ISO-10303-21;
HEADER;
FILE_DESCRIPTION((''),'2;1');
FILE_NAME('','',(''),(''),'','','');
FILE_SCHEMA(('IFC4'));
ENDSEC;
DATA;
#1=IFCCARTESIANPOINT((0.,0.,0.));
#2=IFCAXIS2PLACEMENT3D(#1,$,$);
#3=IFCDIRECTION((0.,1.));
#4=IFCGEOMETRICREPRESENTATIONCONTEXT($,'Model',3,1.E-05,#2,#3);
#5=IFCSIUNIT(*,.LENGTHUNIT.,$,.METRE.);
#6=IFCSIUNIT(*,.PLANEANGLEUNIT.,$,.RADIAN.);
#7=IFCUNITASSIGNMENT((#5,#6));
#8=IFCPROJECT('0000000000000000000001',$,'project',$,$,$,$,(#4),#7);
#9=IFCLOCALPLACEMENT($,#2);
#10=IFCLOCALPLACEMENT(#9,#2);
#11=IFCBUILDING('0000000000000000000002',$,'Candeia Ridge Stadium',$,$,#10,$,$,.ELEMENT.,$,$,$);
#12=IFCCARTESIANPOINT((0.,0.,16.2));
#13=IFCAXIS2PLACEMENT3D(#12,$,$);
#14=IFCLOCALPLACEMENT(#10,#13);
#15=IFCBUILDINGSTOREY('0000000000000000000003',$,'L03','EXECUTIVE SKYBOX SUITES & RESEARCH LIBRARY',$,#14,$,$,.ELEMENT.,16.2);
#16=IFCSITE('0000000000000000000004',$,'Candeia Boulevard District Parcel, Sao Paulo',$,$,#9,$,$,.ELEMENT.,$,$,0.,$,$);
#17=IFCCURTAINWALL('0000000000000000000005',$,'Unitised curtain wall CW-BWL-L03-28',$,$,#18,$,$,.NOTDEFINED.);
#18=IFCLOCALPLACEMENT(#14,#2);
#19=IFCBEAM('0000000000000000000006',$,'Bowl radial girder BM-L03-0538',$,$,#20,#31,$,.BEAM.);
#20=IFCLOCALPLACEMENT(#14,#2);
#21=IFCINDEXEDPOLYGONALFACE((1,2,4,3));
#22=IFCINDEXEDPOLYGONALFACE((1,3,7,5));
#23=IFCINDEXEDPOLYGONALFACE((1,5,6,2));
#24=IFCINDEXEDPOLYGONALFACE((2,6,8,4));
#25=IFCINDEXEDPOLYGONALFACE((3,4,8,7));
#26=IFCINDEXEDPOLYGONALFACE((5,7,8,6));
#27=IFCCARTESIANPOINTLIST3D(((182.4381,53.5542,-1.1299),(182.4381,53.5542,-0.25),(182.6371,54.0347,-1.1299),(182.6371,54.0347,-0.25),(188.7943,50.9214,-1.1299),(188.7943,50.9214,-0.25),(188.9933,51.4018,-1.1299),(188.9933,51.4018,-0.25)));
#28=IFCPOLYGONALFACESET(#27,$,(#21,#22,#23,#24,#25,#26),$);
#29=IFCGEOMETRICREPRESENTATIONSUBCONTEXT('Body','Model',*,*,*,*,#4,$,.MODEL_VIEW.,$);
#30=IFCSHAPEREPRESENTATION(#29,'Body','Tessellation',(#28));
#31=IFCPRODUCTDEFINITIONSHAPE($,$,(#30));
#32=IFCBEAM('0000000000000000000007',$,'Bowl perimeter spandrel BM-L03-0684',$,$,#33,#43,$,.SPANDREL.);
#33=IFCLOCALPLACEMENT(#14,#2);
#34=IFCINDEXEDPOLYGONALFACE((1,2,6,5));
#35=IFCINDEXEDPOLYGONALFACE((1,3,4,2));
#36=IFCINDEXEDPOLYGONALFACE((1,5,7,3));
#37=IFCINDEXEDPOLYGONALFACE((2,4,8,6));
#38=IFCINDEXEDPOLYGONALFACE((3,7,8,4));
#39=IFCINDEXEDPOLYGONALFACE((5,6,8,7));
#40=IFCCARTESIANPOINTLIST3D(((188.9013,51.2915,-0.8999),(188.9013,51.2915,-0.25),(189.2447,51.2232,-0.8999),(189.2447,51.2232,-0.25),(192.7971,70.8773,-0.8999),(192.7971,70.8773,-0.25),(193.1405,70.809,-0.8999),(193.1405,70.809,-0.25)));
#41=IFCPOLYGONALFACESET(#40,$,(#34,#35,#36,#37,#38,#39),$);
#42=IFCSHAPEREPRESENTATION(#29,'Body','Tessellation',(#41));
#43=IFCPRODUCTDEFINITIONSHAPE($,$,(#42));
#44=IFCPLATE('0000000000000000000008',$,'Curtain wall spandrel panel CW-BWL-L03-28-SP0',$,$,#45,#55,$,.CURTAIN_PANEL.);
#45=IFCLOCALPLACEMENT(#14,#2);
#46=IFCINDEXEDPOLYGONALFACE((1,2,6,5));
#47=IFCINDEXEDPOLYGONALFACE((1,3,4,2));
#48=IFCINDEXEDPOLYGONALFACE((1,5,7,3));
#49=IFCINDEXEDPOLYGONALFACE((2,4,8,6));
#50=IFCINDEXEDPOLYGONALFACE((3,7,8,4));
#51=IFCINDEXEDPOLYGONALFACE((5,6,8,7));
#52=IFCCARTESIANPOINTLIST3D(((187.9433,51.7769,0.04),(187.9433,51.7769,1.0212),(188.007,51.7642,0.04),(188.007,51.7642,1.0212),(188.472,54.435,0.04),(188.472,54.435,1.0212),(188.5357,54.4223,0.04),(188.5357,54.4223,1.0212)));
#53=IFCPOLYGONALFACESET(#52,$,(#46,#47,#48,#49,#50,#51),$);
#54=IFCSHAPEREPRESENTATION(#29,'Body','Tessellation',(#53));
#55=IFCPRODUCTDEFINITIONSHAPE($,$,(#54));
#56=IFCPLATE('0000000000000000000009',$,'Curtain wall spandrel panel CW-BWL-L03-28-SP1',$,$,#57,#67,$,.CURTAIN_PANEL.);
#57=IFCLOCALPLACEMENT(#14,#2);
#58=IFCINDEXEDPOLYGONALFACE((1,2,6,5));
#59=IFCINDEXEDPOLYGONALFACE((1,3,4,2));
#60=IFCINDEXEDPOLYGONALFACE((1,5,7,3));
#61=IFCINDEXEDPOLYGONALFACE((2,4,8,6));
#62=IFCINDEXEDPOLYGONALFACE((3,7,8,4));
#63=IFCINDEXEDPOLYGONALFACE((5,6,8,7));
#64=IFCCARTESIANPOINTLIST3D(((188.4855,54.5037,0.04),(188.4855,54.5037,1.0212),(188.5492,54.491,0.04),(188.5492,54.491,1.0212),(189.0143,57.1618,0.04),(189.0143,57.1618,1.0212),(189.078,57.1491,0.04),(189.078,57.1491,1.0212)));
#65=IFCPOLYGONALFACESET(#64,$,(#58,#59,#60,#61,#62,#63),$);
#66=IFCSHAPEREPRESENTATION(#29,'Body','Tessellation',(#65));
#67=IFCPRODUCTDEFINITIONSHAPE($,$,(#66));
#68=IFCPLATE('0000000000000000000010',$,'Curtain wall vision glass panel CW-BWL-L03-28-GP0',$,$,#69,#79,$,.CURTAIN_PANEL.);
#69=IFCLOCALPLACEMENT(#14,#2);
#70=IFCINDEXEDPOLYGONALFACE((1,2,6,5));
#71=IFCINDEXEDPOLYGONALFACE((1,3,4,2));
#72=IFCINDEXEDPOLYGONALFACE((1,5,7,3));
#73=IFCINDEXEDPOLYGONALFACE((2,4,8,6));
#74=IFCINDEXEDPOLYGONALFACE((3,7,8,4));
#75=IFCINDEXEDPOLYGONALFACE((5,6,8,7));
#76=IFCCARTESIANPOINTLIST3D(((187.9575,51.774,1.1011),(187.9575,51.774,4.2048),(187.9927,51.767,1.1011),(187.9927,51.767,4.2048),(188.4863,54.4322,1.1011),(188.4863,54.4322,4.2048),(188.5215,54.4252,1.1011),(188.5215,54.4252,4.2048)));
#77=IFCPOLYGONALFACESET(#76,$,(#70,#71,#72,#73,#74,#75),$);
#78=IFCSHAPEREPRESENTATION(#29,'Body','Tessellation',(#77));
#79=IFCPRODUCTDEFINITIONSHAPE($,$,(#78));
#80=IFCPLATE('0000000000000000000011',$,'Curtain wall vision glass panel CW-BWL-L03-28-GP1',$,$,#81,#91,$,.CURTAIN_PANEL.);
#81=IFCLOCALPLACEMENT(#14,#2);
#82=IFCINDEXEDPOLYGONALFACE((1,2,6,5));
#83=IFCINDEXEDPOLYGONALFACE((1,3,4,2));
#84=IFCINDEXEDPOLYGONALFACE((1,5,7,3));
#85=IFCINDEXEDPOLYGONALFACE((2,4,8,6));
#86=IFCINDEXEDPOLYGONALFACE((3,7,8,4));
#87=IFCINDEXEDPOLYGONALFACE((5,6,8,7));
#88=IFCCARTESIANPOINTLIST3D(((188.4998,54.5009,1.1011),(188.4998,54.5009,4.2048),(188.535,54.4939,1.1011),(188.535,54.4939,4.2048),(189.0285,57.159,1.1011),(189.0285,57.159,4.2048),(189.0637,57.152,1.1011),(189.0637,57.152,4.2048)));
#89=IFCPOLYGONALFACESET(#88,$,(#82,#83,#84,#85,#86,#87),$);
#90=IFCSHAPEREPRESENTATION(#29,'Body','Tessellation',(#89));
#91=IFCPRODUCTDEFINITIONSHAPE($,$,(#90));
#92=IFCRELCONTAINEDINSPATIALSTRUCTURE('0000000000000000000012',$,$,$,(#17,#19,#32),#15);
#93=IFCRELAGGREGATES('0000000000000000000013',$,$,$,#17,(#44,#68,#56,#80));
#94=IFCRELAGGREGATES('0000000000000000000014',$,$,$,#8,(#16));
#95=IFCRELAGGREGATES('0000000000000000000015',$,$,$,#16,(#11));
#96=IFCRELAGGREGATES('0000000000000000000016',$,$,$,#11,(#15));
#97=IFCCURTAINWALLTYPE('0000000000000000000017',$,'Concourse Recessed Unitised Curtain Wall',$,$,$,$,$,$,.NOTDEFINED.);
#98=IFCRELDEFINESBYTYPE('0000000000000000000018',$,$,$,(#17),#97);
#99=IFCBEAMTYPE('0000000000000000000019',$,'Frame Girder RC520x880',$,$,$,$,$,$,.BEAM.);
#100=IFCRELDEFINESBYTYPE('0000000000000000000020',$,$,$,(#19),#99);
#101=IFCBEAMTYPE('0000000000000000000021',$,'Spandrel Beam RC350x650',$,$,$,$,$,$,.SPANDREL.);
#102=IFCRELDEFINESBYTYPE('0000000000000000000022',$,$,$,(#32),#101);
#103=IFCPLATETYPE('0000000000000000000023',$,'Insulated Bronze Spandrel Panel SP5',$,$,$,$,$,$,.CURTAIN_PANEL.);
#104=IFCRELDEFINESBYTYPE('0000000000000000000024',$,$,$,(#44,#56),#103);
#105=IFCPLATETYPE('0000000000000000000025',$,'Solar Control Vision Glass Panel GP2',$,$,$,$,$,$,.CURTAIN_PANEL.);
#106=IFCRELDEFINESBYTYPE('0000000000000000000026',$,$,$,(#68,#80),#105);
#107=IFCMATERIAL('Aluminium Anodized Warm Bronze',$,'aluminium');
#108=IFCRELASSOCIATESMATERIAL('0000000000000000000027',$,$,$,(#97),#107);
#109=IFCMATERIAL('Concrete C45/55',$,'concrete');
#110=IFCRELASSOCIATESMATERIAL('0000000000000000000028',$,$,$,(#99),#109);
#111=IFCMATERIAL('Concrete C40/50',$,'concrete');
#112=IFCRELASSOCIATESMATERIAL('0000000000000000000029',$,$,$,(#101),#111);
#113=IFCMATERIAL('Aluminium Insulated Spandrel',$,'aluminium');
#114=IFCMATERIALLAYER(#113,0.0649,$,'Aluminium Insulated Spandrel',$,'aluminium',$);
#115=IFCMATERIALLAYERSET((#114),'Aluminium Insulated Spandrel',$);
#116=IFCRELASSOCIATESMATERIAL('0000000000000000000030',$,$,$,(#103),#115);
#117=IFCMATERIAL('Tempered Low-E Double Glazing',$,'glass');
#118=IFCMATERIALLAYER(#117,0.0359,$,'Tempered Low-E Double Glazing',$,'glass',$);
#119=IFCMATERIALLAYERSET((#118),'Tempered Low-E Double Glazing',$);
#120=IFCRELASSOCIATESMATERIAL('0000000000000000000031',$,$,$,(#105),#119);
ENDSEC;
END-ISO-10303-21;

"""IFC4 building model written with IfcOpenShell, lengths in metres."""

from ifc_helpers import new_model, si_unit, direction, frame, origin, origin_2d, place, context, subcontext, project, spatial, rectangle, extrude, material, layer, layer_set, material_profile, profile_set, type_object, element, aggregate, save


model = new_model("IFC4")

# Units and contexts
model_context = context("Model", 3, precision=1e-05, world=origin(), true_north=direction((0.0, 1.0)))
body_context = subcontext(model_context, "Body", "Model", "MODEL_VIEW")
ifc_project = project(units=[si_unit("LENGTHUNIT", "METRE"), si_unit("PLANEANGLEUNIT", "RADIAN")], contexts=[model_context])

# Site, building, storey
site_placement = place(None, origin())
site = spatial("IfcSite", under=ifc_project, at=site_placement, Name="Candeia Boulevard District Parcel, Sao Paulo", CompositionType="ELEMENT", RefElevation=0.0)
building_placement = place(site_placement, origin())
building = spatial("IfcBuilding", under=site, at=building_placement, Name="Candeia Ridge Stadium", CompositionType="ELEMENT")
storey_placement = place(building_placement, frame((0.0, 0.0, 16.2)))
storey = spatial("IfcBuildingStorey", under=building, at=storey_placement, Name="L03", Description="EXECUTIVE SKYBOX SUITES & RESEARCH LIBRARY", CompositionType="ELEMENT", Elevation=16.2)

# Shared definitions
ifc_material_1 = material(Name="Concrete C40/50", Category="concrete")

# Shared definitions
ifc_material_2 = material(Name="Aluminium Anodized Warm Bronze", Category="aluminium")
curtain_wall_type = type_object("IfcCurtainWallType", Name="Concourse Recessed Unitised Curtain Wall", PredefinedType="NOTDEFINED", material=ifc_material_2)

# Curtain wall
curtain_wall_1_placement = place(storey_placement, origin())
curtain_wall_1 = element("IfcCurtainWall", 1, at=curtain_wall_1_placement, inside=storey, type_object=curtain_wall_type, Name="Unitised curtain wall CW-BWL-L03-28", PredefinedType="NOTDEFINED")

# Beams
ifc_material_3 = material(Name="Concrete C45/55", Category="concrete")
ifc_material_profile_1 = material_profile(ifc_material_3, rectangle(XDim=0.52, YDim=0.8799, at=origin_2d()), Name="RC520x880", Category="concrete")
ifc_profile_set_1 = profile_set([ifc_material_profile_1], Name="Concrete C45/55")
beam_type_1 = type_object("IfcBeamType", Name="Frame Girder RC520x880", PredefinedType="BEAM", material=ifc_profile_set_1)
beam_1_placement = place(storey_placement, frame((182.5376, 53.7944, -0.6899), z_axis=(0.92388, -0.382682, 0.0), x_axis=(0.382682, 0.92388, 0.0)))
element("IfcBeam", 2, at=beam_1_placement, inside=storey, type_object=beam_type_1, Name="Bowl radial girder BM-L03-0538", PredefinedType="BEAM", context=body_context, shape_type="SweptSolid", body=[
    extrude(rectangle(XDim=0.52, YDim=0.8799, at=origin_2d()), origin(), (0.0, 0.0, 1.0), 6.8799),
])
ifc_material_profile_2 = material_profile(ifc_material_1, rectangle(XDim=0.3501, YDim=0.6499, at=origin_2d()), Name="RC350x650", Category="concrete")
ifc_profile_set_2 = profile_set([ifc_material_profile_2], Name="Concrete C40/50")
beam_type_2 = type_object("IfcBeamType", Name="Spandrel Beam RC350x650", PredefinedType="SPANDREL", material=ifc_profile_set_2)
beam_2_placement = place(storey_placement, frame((189.073, 51.2573, -0.575), z_axis=(0.195086, 0.980786, 0.0), x_axis=(-0.980786, 0.195086, 0.0)))
element("IfcBeam", 3, at=beam_2_placement, inside=storey, type_object=beam_type_2, Name="Bowl perimeter spandrel BM-L03-0684", PredefinedType="SPANDREL", context=body_context, shape_type="SweptSolid", body=[
    extrude(rectangle(XDim=0.3501, YDim=0.6499, at=origin_2d()), origin(), (0.0, 0.0, 1.0), 19.9695),
])

# Plates
ifc_material_4 = material(Name="Aluminium Insulated Spandrel", Category="aluminium")
ifc_layer_1 = layer(ifc_material_4, 0.0649, Name="Aluminium Insulated Spandrel", Category="aluminium")
ifc_layer_set_1 = layer_set([ifc_layer_1], Name="Aluminium Insulated Spandrel")
plate_type_1 = type_object("IfcPlateType", Name="Insulated Bronze Spandrel Panel SP5", PredefinedType="CURTAIN_PANEL", material=ifc_layer_set_1)
plate_1_placement = place(storey_placement, frame((188.2395, 53.0996, 0.04), z_axis=(0.0, 0.0, 1.0), x_axis=(0.19509, 0.980785, 0.0)))
plate_1 = element("IfcPlate", 4, at=plate_1_placement, type_object=plate_type_1, Name="Curtain wall spandrel panel CW-BWL-L03-28-SP0", PredefinedType="CURTAIN_PANEL", context=body_context, shape_type="SweptSolid", body=[
    extrude(rectangle(XDim=2.7102, YDim=0.0649, at=origin_2d()), origin(), (0.0, 0.0, 1.0), 0.9812),
])
plate_2_placement = place(storey_placement, frame((188.7817, 55.8264, 0.04), z_axis=(0.0, 0.0, 1.0), x_axis=(0.19509, 0.980785, 0.0)))
plate_2 = element("IfcPlate", 5, at=plate_2_placement, type_object=plate_type_1, Name="Curtain wall spandrel panel CW-BWL-L03-28-SP1", PredefinedType="CURTAIN_PANEL", context=body_context, shape_type="SweptSolid", body=[
    extrude(rectangle(XDim=2.7102, YDim=0.0649, at=origin_2d()), origin(), (0.0, 0.0, 1.0), 0.9812),
])
ifc_material_5 = material(Name="Tempered Low-E Double Glazing", Category="glass")
ifc_layer_2 = layer(ifc_material_5, 0.0359, Name="Tempered Low-E Double Glazing", Category="glass")
ifc_layer_set_2 = layer_set([ifc_layer_2], Name="Tempered Low-E Double Glazing")
plate_type_2 = type_object("IfcPlateType", Name="Solar Control Vision Glass Panel GP2", PredefinedType="CURTAIN_PANEL", material=ifc_layer_set_2)
plate_3_placement = place(storey_placement, frame((188.2395, 53.0996, 1.1011), z_axis=(0.0, 0.0, 1.0), x_axis=(0.19509, 0.980785, 0.0)))
plate_3 = element("IfcPlate", 6, at=plate_3_placement, type_object=plate_type_2, Name="Curtain wall vision glass panel CW-BWL-L03-28-GP0", PredefinedType="CURTAIN_PANEL", context=body_context, shape_type="SweptSolid", body=[
    extrude(rectangle(XDim=2.7102, YDim=0.0359, at=origin_2d()), origin(), (0.0, 0.0, 1.0), 3.1038),
])
plate_4_placement = place(storey_placement, frame((188.7817, 55.8264, 1.1011), z_axis=(0.0, 0.0, 1.0), x_axis=(0.19509, 0.980785, 0.0)))
plate_4 = element("IfcPlate", 7, at=plate_4_placement, type_object=plate_type_2, Name="Curtain wall vision glass panel CW-BWL-L03-28-GP1", PredefinedType="CURTAIN_PANEL", context=body_context, shape_type="SweptSolid", body=[
    extrude(rectangle(XDim=2.7102, YDim=0.0359, at=origin_2d()), origin(), (0.0, 0.0, 1.0), 3.1038),
])
aggregate(curtain_wall_1, [plate_1, plate_3, plate_2, plate_4])

save(model, "model.ifc")
